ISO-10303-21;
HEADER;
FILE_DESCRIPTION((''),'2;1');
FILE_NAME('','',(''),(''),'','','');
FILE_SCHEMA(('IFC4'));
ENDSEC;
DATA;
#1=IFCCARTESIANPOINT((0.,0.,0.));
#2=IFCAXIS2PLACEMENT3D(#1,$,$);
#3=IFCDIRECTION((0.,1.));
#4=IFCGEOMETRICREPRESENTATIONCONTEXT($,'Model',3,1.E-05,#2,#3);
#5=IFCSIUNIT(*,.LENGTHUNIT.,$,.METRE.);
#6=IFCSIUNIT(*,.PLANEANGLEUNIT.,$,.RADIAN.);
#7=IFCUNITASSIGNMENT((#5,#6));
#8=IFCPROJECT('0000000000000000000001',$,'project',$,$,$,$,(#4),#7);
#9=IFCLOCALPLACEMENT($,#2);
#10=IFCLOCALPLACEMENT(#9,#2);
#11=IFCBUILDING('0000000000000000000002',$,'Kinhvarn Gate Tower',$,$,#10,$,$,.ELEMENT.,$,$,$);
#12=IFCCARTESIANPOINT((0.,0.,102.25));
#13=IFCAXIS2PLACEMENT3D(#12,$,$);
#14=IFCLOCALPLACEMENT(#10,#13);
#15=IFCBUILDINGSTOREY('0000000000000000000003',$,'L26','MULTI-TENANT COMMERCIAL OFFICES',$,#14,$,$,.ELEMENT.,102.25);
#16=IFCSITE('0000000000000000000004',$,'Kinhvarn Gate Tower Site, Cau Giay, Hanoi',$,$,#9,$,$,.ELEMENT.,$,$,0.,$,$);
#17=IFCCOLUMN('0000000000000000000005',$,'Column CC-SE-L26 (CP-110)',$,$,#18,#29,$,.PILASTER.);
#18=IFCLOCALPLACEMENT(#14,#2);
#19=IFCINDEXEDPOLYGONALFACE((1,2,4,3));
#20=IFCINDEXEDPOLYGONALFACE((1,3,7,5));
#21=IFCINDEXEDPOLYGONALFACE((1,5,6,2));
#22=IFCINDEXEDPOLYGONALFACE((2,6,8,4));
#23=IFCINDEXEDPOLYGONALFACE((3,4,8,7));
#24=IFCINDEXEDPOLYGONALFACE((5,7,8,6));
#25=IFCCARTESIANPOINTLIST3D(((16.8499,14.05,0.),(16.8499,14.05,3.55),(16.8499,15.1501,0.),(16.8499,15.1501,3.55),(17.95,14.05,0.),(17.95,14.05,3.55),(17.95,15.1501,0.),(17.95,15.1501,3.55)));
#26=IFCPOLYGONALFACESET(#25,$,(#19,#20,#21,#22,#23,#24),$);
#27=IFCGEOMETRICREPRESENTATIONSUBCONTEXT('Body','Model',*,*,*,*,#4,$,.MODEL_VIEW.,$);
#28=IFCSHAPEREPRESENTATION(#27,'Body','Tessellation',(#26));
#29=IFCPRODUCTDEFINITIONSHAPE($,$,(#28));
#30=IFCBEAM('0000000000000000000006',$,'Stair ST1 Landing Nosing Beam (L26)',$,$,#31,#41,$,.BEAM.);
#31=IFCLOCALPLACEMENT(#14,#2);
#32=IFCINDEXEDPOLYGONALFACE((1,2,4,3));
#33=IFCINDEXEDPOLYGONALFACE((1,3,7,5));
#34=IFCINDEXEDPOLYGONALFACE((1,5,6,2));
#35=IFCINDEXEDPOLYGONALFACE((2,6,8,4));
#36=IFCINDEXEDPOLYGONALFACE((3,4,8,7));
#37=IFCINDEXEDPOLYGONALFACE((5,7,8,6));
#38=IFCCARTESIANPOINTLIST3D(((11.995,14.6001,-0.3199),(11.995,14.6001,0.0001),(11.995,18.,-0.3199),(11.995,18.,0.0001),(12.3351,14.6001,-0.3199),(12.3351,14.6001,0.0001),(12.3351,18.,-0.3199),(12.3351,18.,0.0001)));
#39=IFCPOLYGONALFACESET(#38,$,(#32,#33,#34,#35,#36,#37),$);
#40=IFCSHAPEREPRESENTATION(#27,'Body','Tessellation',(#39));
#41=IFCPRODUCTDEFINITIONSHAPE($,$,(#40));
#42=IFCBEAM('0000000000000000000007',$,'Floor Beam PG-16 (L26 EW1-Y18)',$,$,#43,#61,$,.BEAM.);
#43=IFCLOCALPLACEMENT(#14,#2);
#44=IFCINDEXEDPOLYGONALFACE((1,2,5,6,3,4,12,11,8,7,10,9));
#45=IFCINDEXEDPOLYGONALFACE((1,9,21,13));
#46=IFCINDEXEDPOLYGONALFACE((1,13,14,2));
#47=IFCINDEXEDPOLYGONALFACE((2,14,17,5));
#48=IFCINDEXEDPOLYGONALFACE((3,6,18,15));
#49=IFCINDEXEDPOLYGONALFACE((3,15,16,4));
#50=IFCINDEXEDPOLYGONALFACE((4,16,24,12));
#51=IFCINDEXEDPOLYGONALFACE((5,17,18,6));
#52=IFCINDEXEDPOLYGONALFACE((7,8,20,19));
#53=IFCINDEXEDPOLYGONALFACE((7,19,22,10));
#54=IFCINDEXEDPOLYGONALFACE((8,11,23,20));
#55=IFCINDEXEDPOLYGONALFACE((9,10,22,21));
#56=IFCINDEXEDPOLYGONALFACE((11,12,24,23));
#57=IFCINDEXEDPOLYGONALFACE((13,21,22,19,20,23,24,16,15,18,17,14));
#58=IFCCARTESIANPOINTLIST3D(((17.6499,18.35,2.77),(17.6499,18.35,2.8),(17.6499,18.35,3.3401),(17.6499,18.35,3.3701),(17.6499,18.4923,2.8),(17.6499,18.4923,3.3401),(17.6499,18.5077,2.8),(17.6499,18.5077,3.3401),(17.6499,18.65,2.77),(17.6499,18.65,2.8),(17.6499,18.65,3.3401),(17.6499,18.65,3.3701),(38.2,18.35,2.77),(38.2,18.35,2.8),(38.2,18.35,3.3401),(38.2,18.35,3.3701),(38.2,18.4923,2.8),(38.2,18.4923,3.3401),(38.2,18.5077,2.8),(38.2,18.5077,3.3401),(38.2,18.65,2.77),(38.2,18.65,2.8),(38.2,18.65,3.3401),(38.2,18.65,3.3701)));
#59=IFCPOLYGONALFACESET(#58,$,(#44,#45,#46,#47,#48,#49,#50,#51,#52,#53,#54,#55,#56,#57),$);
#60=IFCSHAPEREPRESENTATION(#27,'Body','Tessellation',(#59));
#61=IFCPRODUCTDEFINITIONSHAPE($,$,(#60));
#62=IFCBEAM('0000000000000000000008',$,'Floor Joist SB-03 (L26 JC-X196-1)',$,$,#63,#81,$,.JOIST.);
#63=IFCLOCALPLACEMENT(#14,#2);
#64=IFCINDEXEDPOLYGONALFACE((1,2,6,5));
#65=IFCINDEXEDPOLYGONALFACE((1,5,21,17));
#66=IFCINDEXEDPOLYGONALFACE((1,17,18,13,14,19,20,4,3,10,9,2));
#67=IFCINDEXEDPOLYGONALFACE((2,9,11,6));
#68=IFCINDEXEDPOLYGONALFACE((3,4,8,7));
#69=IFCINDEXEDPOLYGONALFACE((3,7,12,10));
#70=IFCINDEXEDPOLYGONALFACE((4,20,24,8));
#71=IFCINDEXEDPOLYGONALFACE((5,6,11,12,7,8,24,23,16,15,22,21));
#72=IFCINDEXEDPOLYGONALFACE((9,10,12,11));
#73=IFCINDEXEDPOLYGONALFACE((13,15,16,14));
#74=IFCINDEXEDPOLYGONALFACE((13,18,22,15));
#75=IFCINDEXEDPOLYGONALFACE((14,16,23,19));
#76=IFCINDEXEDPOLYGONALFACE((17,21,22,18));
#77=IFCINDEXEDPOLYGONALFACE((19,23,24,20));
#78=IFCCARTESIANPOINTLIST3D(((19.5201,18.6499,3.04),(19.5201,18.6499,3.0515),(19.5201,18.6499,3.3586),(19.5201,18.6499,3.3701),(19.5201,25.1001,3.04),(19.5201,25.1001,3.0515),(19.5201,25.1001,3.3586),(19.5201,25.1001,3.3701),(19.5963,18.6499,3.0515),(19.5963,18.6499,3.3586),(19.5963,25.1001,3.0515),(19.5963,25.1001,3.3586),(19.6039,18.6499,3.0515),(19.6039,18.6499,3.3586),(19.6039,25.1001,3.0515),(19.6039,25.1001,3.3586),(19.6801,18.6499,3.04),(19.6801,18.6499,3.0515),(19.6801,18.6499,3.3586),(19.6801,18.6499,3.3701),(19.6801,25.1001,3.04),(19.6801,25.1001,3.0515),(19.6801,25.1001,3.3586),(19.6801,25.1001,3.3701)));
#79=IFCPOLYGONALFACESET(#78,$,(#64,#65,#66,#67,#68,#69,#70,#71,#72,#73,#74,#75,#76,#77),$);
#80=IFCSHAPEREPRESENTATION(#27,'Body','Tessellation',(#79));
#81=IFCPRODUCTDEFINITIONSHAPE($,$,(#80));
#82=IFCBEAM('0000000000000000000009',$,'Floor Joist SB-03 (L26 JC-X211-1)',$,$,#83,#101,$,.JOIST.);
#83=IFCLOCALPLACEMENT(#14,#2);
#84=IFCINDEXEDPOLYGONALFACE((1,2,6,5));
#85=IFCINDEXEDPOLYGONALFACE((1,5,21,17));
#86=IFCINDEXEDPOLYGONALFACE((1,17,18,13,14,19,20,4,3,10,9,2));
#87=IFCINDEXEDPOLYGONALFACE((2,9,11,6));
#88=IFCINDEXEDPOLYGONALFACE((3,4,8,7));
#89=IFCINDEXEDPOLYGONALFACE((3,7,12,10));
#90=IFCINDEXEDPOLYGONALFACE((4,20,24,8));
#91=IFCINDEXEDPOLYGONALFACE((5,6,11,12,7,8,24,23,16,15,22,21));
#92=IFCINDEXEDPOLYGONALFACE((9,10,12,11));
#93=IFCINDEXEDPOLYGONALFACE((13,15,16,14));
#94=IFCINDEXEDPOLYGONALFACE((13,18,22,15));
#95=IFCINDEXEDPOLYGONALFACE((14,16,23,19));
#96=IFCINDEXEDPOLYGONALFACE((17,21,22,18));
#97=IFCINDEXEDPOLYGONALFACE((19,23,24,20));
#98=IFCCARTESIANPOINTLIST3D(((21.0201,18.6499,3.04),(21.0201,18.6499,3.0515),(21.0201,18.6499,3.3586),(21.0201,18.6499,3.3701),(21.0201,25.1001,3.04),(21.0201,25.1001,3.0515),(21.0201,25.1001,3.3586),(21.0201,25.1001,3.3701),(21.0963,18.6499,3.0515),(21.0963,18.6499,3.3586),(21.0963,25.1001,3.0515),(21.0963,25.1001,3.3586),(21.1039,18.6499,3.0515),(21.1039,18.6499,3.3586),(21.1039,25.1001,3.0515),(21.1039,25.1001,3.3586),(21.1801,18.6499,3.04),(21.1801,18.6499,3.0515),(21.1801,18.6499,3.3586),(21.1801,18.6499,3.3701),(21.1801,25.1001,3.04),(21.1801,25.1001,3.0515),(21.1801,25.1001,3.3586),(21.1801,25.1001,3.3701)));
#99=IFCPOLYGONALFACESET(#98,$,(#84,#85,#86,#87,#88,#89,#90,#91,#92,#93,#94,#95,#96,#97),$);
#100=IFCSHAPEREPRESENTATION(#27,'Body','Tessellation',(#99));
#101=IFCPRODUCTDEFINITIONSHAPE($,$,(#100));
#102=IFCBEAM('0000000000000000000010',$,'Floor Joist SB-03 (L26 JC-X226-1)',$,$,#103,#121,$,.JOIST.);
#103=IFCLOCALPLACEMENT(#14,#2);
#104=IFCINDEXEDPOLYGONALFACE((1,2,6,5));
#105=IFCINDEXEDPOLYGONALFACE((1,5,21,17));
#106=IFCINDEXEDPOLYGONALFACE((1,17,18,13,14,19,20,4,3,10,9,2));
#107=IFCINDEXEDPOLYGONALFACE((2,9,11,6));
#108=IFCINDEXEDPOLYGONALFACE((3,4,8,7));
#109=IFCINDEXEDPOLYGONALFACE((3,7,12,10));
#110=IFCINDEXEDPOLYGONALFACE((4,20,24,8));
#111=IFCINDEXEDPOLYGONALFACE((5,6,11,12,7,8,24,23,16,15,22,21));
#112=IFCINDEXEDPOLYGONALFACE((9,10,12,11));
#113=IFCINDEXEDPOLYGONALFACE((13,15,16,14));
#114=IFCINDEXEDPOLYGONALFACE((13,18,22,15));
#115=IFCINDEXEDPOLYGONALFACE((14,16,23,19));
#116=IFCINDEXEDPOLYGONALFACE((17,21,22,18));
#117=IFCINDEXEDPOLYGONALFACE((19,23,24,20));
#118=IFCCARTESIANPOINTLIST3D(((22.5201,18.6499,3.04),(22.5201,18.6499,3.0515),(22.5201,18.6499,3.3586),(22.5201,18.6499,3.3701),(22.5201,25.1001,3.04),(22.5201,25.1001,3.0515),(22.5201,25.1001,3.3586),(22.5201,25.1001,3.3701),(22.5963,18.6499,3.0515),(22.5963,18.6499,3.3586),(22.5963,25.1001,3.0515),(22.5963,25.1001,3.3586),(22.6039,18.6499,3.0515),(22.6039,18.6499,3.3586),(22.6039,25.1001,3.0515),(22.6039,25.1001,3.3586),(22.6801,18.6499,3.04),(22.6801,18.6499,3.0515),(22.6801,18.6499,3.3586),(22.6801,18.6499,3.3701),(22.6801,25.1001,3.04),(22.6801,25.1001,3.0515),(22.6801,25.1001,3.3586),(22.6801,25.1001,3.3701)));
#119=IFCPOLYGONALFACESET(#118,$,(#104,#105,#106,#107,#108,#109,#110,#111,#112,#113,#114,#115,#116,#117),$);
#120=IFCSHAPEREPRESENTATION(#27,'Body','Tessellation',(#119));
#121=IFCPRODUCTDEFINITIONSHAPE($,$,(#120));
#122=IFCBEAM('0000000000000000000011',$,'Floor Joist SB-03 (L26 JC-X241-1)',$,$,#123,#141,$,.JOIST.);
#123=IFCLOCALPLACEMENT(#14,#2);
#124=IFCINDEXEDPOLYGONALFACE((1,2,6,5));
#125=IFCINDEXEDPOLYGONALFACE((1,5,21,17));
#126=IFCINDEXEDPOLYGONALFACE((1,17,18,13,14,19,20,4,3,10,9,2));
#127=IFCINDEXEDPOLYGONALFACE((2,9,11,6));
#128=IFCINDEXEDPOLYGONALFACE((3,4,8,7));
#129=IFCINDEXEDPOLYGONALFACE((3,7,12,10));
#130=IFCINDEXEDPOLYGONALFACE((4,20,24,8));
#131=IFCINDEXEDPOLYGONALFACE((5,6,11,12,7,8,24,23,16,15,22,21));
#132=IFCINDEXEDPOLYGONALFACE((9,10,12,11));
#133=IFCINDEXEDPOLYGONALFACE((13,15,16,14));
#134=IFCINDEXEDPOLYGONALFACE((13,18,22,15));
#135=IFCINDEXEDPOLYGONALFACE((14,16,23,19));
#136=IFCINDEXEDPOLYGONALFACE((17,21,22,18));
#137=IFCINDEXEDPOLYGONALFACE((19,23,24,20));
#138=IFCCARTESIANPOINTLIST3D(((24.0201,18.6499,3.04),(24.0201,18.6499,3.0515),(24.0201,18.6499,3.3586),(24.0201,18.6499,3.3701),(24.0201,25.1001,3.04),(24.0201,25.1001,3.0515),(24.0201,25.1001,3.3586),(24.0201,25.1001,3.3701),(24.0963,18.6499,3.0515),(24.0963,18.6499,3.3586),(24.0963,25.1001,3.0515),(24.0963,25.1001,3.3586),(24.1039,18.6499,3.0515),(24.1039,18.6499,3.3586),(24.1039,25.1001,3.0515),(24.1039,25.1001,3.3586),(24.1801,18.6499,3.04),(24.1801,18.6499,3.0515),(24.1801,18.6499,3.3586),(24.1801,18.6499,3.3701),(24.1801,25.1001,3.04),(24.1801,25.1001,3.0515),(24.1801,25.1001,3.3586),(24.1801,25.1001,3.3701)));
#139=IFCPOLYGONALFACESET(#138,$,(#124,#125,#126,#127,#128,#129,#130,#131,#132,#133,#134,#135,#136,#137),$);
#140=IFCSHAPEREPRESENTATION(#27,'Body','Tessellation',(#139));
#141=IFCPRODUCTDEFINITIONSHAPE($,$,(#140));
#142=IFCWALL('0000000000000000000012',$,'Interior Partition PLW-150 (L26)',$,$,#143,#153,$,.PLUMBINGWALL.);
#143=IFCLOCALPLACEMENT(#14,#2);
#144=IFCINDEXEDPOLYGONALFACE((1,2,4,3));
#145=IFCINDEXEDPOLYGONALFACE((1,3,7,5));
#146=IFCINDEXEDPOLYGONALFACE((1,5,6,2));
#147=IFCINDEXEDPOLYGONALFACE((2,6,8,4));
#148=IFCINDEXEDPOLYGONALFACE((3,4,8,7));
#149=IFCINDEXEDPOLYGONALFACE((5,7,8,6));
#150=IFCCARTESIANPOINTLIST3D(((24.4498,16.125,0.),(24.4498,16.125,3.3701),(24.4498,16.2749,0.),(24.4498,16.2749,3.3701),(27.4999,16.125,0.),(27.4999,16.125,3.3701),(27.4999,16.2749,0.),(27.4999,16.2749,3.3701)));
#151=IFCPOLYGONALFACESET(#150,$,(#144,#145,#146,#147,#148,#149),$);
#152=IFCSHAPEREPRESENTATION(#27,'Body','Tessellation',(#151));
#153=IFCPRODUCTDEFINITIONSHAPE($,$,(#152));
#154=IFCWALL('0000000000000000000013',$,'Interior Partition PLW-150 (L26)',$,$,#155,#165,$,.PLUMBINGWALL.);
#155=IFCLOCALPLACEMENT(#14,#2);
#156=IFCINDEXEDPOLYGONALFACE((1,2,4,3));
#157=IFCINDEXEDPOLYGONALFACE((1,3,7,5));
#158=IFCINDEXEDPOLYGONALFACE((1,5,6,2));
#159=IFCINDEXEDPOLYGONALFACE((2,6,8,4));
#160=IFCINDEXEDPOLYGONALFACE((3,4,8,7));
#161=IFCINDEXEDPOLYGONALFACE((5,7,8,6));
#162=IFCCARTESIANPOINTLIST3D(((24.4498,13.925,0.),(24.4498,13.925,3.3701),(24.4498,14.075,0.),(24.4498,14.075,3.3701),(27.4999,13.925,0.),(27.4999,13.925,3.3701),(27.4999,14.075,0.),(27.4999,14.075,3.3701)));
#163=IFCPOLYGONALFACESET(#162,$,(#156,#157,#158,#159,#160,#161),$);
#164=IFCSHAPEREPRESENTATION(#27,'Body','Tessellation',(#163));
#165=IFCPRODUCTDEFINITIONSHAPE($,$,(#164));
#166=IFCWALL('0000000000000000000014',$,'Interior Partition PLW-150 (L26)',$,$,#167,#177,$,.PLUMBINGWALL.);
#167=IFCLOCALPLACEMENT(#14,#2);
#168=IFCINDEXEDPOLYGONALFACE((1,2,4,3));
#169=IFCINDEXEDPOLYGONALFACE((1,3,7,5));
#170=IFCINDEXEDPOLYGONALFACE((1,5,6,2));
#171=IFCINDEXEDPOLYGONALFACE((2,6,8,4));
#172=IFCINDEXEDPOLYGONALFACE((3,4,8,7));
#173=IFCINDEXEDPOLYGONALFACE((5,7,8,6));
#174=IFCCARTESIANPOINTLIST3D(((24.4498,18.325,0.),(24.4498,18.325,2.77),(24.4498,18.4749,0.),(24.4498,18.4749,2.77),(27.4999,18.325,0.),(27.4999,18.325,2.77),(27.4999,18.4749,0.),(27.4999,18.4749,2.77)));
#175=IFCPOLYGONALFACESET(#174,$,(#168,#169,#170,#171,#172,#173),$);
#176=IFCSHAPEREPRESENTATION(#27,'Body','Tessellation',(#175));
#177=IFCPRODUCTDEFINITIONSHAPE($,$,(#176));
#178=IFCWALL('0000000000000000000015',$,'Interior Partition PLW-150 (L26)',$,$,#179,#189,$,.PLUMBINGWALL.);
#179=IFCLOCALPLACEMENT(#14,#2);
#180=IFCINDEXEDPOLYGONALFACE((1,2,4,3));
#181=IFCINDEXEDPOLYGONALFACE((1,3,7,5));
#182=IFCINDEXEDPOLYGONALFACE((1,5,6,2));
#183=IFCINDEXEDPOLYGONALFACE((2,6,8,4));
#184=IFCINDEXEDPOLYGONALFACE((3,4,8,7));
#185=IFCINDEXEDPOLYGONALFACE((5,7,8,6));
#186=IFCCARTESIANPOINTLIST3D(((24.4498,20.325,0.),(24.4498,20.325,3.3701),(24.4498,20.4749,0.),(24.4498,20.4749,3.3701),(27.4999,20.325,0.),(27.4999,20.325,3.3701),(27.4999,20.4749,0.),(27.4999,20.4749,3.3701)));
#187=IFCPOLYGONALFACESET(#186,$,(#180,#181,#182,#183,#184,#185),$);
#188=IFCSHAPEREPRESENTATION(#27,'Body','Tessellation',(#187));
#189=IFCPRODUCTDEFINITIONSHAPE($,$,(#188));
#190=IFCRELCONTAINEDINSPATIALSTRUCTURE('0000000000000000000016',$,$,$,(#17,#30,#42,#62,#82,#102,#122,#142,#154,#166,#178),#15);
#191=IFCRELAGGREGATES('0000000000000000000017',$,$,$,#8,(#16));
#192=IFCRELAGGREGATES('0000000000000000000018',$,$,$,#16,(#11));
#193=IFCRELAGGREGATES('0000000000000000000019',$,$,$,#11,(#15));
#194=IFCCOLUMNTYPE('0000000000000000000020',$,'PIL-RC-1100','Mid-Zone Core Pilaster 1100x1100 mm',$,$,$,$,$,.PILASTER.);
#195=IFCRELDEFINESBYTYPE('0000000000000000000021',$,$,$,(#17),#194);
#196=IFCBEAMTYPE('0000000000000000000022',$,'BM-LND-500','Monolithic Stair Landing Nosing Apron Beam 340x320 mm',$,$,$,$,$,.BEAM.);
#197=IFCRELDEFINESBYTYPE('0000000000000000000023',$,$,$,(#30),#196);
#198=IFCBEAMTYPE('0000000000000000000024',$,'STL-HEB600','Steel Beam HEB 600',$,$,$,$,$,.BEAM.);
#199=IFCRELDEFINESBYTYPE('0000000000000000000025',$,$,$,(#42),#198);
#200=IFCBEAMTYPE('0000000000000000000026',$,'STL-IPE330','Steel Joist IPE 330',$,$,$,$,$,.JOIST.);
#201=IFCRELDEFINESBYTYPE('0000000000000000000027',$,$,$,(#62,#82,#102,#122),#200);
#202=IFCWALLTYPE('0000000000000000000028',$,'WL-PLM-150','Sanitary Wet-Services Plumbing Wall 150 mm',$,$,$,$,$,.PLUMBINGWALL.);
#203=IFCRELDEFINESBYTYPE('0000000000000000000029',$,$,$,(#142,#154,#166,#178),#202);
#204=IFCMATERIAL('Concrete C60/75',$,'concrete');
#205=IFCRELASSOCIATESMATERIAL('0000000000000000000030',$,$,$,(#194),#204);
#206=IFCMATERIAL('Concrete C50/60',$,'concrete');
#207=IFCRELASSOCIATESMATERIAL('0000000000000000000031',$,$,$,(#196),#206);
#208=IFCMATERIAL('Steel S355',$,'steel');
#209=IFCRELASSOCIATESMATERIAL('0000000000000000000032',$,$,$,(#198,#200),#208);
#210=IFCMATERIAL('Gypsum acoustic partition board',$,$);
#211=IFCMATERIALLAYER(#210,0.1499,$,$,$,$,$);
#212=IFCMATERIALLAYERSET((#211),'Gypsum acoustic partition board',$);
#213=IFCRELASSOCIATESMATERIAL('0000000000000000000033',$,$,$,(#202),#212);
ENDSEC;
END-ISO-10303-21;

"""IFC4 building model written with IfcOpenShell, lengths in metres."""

from ifc_helpers import new_model, si_unit, direction, frame, frame_2d, origin, origin_2d, place, context, subcontext, project, spatial, rectangle, i_section, extrude, material, layer, layer_set, material_profile, profile_set, type_object, element, save


model = new_model("IFC4")

# Units and contexts
model_context = context("Model", 3, precision=1e-05, world=origin(), true_north=direction((0.0, 1.0)))
body_context = subcontext(model_context, "Body", "Model", "MODEL_VIEW")
ifc_project = project(units=[si_unit("LENGTHUNIT", "METRE"), si_unit("PLANEANGLEUNIT", "RADIAN")], contexts=[model_context])

# Site, building, storey
site_placement = place(None, origin())
site = spatial("IfcSite", under=ifc_project, at=site_placement, Name="Kinhvarn Gate Tower Site, Cau Giay, Hanoi", CompositionType="ELEMENT", RefElevation=0.0)
building_placement = place(site_placement, origin())
building = spatial("IfcBuilding", under=site, at=building_placement, Name="Kinhvarn Gate Tower", CompositionType="ELEMENT")
storey_placement = place(building_placement, frame((0.0, 0.0, 102.25)))
storey = spatial("IfcBuildingStorey", under=building, at=storey_placement, Name="L26", Description="MULTI-TENANT COMMERCIAL OFFICES", CompositionType="ELEMENT", Elevation=102.25)

# Column
ifc_material_1 = material(Name="Concrete C60/75", Category="concrete")
ifc_material_profile_1 = material_profile(ifc_material_1, rectangle(XDim=1.1001, YDim=1.1001, at=origin_2d()), Name="RC 1100x1100")
ifc_profile_set_1 = profile_set([ifc_material_profile_1], Name="Concrete C60/75")
column_type = type_object("IfcColumnType", Name="PIL-RC-1100", Description="Mid-Zone Core Pilaster 1100x1100 mm", PredefinedType="PILASTER", material=ifc_profile_set_1)
column_placement = place(storey_placement, frame((17.3999, 14.6001, 0.0), z_axis=(0.0, 0.0, 1.0), x_axis=(1.0, 0.0, 0.0)))
element("IfcColumn", 1, at=column_placement, inside=storey, type_object=column_type, Name="Column CC-SE-L26 (CP-110)", PredefinedType="PILASTER", context=body_context, shape_type="SweptSolid", body=[
    extrude(rectangle(XDim=1.1001, YDim=1.1001, at=origin_2d()), origin(), (0.0, 0.0, 1.0), 3.55),
])

# Beams
ifc_material_2 = material(Name="Concrete C50/60", Category="concrete")
ifc_material_profile_2 = material_profile(ifc_material_2, rectangle(XDim=0.3401, YDim=0.3201, at=origin_2d()), Name="RC 340x320")
ifc_profile_set_2 = profile_set([ifc_material_profile_2], Name="Concrete C50/60")
beam_type_1 = type_object("IfcBeamType", Name="BM-LND-500", Description="Monolithic Stair Landing Nosing Apron Beam 340x320 mm", PredefinedType="BEAM", material=ifc_profile_set_2)
beam_1_placement = place(storey_placement, frame((12.165, 14.6001, -0.1599), z_axis=(0.0, 1.0, 0.0), x_axis=(-1.0, 0.0, 0.0)))
element("IfcBeam", 2, at=beam_1_placement, inside=storey, type_object=beam_type_1, Name="Stair ST1 Landing Nosing Beam (L26)", PredefinedType="BEAM", context=body_context, shape_type="SweptSolid", body=[
    extrude(rectangle(XDim=0.3401, YDim=0.3201, at=origin_2d()), origin(), (0.0, 0.0, 1.0), 3.3999),
])
ifc_material_3 = material(Name="Steel S355", Category="steel")
ifc_material_profile_3 = material_profile(ifc_material_3, i_section(OverallWidth=0.3, OverallDepth=0.6001, WebThickness=0.0154, FlangeThickness=0.03, at=origin_2d()), Name="HEB 600")
ifc_profile_set_3 = profile_set([ifc_material_profile_3], Name="Steel S355")
beam_type_2 = type_object("IfcBeamType", Name="STL-HEB600", Description="Steel Beam HEB 600", PredefinedType="BEAM", material=ifc_profile_set_3)
beam_2_placement = place(storey_placement, frame((17.6499, 18.5, 3.0701), z_axis=(1.0, 0.0, 0.0), x_axis=(0.0, 1.0, 0.0)))
element("IfcBeam", 3, at=beam_2_placement, inside=storey, type_object=beam_type_2, Name="Floor Beam PG-16 (L26 EW1-Y18)", PredefinedType="BEAM", context=body_context, shape_type="SweptSolid", body=[
    extrude(i_section(OverallWidth=0.3, OverallDepth=0.6001, WebThickness=0.0154, FlangeThickness=0.03, at=origin_2d()), origin(), (0.0, 0.0, 1.0), 20.55),
])
ifc_material_profile_4 = material_profile(ifc_material_3, i_section(OverallWidth=0.1599, OverallDepth=0.3301, WebThickness=0.0076, FlangeThickness=0.0115, at=origin_2d()), Name="IPE 330")
ifc_profile_set_4 = profile_set([ifc_material_profile_4], Name="Steel S355")
beam_type_3 = type_object("IfcBeamType", Name="STL-IPE330", Description="Steel Joist IPE 330", PredefinedType="JOIST", material=ifc_profile_set_4)
for number, where, z_axis, x_axis, name in (
    (4, (19.6001, 18.6499, 3.2051), (0.0, 1.0, 0.0), (-1.0, 0.0, 0.0), "Floor Joist SB-03 (L26 JC-X196-1)"),
    (5, (21.1001, 18.6499, 3.2051), (0.0, 1.0, 0.0), (-1.0, 0.0, 0.0), "Floor Joist SB-03 (L26 JC-X211-1)"),
    (6, (22.6001, 18.6499, 3.2051), (0.0, 1.0, 0.0), (-1.0, 0.0, 0.0), "Floor Joist SB-03 (L26 JC-X226-1)"),
    (7, (24.1001, 18.6499, 3.2051), (0.0, 1.0, 0.0), (-1.0, 0.0, 0.0), "Floor Joist SB-03 (L26 JC-X241-1)"),
):
    element("IfcBeam", number, at=place(storey_placement, frame(where, z_axis=z_axis, x_axis=x_axis)), inside=storey, type_object=beam_type_3, Name=name, PredefinedType="JOIST", context=body_context, shape_type="SweptSolid", body=[
        extrude(i_section(OverallWidth=0.1599, OverallDepth=0.3301, WebThickness=0.0076, FlangeThickness=0.0115, at=origin_2d()), origin(), (0.0, 0.0, 1.0), 6.4502),
    ])

# Walls
ifc_material_4 = material(Name="Gypsum acoustic partition board")
ifc_layer_1 = layer(ifc_material_4, 0.1499)
ifc_layer_set_1 = layer_set([ifc_layer_1], Name="Gypsum acoustic partition board")
wall_type_1 = type_object("IfcWallType", Name="WL-PLM-150", Description="Sanitary Wet-Services Plumbing Wall 150 mm", PredefinedType="PLUMBINGWALL", material=ifc_layer_set_1)
for number, where, z_axis, x_axis, name in (
    (8, (24.45, 16.2, 0.0), (0.0, 0.0, 1.0), (1.0, 0.0, 0.0), "Interior Partition PLW-150 (L26)"),
    (9, (24.45, 14.0, 0.0), (0.0, 0.0, 1.0), (1.0, 0.0, 0.0), "Interior Partition PLW-150 (L26)"),
):
    element("IfcWall", number, at=place(storey_placement, frame(where, z_axis=z_axis, x_axis=x_axis)), inside=storey, type_object=wall_type_1, Name=name, PredefinedType="PLUMBINGWALL", context=body_context, shape_type="SweptSolid", body=[
        extrude(rectangle(XDim=3.05, YDim=0.1499, at=frame_2d((1.5249, 0.0))), origin(), (0.0, 0.0, 1.0), 3.3701),
    ])
wall_1_placement = place(storey_placement, frame((24.45, 18.3999, 0.0), z_axis=(0.0, 0.0, 1.0), x_axis=(1.0, 0.0, 0.0)))
element("IfcWall", 10, at=wall_1_placement, inside=storey, type_object=wall_type_1, Name="Interior Partition PLW-150 (L26)", PredefinedType="PLUMBINGWALL", context=body_context, shape_type="SweptSolid", body=[
    extrude(rectangle(XDim=3.05, YDim=0.1499, at=frame_2d((1.5249, 0.0))), origin(), (0.0, 0.0, 1.0), 2.77),
])
wall_2_placement = place(storey_placement, frame((24.45, 20.3999, 0.0), z_axis=(0.0, 0.0, 1.0), x_axis=(1.0, 0.0, 0.0)))
element("IfcWall", 11, at=wall_2_placement, inside=storey, type_object=wall_type_1, Name="Interior Partition PLW-150 (L26)", PredefinedType="PLUMBINGWALL", context=body_context, shape_type="SweptSolid", body=[
    extrude(rectangle(XDim=3.05, YDim=0.1499, at=frame_2d((1.5249, 0.0))), origin(), (0.0, 0.0, 1.0), 3.3701),
])

save(model, "model.ifc")
